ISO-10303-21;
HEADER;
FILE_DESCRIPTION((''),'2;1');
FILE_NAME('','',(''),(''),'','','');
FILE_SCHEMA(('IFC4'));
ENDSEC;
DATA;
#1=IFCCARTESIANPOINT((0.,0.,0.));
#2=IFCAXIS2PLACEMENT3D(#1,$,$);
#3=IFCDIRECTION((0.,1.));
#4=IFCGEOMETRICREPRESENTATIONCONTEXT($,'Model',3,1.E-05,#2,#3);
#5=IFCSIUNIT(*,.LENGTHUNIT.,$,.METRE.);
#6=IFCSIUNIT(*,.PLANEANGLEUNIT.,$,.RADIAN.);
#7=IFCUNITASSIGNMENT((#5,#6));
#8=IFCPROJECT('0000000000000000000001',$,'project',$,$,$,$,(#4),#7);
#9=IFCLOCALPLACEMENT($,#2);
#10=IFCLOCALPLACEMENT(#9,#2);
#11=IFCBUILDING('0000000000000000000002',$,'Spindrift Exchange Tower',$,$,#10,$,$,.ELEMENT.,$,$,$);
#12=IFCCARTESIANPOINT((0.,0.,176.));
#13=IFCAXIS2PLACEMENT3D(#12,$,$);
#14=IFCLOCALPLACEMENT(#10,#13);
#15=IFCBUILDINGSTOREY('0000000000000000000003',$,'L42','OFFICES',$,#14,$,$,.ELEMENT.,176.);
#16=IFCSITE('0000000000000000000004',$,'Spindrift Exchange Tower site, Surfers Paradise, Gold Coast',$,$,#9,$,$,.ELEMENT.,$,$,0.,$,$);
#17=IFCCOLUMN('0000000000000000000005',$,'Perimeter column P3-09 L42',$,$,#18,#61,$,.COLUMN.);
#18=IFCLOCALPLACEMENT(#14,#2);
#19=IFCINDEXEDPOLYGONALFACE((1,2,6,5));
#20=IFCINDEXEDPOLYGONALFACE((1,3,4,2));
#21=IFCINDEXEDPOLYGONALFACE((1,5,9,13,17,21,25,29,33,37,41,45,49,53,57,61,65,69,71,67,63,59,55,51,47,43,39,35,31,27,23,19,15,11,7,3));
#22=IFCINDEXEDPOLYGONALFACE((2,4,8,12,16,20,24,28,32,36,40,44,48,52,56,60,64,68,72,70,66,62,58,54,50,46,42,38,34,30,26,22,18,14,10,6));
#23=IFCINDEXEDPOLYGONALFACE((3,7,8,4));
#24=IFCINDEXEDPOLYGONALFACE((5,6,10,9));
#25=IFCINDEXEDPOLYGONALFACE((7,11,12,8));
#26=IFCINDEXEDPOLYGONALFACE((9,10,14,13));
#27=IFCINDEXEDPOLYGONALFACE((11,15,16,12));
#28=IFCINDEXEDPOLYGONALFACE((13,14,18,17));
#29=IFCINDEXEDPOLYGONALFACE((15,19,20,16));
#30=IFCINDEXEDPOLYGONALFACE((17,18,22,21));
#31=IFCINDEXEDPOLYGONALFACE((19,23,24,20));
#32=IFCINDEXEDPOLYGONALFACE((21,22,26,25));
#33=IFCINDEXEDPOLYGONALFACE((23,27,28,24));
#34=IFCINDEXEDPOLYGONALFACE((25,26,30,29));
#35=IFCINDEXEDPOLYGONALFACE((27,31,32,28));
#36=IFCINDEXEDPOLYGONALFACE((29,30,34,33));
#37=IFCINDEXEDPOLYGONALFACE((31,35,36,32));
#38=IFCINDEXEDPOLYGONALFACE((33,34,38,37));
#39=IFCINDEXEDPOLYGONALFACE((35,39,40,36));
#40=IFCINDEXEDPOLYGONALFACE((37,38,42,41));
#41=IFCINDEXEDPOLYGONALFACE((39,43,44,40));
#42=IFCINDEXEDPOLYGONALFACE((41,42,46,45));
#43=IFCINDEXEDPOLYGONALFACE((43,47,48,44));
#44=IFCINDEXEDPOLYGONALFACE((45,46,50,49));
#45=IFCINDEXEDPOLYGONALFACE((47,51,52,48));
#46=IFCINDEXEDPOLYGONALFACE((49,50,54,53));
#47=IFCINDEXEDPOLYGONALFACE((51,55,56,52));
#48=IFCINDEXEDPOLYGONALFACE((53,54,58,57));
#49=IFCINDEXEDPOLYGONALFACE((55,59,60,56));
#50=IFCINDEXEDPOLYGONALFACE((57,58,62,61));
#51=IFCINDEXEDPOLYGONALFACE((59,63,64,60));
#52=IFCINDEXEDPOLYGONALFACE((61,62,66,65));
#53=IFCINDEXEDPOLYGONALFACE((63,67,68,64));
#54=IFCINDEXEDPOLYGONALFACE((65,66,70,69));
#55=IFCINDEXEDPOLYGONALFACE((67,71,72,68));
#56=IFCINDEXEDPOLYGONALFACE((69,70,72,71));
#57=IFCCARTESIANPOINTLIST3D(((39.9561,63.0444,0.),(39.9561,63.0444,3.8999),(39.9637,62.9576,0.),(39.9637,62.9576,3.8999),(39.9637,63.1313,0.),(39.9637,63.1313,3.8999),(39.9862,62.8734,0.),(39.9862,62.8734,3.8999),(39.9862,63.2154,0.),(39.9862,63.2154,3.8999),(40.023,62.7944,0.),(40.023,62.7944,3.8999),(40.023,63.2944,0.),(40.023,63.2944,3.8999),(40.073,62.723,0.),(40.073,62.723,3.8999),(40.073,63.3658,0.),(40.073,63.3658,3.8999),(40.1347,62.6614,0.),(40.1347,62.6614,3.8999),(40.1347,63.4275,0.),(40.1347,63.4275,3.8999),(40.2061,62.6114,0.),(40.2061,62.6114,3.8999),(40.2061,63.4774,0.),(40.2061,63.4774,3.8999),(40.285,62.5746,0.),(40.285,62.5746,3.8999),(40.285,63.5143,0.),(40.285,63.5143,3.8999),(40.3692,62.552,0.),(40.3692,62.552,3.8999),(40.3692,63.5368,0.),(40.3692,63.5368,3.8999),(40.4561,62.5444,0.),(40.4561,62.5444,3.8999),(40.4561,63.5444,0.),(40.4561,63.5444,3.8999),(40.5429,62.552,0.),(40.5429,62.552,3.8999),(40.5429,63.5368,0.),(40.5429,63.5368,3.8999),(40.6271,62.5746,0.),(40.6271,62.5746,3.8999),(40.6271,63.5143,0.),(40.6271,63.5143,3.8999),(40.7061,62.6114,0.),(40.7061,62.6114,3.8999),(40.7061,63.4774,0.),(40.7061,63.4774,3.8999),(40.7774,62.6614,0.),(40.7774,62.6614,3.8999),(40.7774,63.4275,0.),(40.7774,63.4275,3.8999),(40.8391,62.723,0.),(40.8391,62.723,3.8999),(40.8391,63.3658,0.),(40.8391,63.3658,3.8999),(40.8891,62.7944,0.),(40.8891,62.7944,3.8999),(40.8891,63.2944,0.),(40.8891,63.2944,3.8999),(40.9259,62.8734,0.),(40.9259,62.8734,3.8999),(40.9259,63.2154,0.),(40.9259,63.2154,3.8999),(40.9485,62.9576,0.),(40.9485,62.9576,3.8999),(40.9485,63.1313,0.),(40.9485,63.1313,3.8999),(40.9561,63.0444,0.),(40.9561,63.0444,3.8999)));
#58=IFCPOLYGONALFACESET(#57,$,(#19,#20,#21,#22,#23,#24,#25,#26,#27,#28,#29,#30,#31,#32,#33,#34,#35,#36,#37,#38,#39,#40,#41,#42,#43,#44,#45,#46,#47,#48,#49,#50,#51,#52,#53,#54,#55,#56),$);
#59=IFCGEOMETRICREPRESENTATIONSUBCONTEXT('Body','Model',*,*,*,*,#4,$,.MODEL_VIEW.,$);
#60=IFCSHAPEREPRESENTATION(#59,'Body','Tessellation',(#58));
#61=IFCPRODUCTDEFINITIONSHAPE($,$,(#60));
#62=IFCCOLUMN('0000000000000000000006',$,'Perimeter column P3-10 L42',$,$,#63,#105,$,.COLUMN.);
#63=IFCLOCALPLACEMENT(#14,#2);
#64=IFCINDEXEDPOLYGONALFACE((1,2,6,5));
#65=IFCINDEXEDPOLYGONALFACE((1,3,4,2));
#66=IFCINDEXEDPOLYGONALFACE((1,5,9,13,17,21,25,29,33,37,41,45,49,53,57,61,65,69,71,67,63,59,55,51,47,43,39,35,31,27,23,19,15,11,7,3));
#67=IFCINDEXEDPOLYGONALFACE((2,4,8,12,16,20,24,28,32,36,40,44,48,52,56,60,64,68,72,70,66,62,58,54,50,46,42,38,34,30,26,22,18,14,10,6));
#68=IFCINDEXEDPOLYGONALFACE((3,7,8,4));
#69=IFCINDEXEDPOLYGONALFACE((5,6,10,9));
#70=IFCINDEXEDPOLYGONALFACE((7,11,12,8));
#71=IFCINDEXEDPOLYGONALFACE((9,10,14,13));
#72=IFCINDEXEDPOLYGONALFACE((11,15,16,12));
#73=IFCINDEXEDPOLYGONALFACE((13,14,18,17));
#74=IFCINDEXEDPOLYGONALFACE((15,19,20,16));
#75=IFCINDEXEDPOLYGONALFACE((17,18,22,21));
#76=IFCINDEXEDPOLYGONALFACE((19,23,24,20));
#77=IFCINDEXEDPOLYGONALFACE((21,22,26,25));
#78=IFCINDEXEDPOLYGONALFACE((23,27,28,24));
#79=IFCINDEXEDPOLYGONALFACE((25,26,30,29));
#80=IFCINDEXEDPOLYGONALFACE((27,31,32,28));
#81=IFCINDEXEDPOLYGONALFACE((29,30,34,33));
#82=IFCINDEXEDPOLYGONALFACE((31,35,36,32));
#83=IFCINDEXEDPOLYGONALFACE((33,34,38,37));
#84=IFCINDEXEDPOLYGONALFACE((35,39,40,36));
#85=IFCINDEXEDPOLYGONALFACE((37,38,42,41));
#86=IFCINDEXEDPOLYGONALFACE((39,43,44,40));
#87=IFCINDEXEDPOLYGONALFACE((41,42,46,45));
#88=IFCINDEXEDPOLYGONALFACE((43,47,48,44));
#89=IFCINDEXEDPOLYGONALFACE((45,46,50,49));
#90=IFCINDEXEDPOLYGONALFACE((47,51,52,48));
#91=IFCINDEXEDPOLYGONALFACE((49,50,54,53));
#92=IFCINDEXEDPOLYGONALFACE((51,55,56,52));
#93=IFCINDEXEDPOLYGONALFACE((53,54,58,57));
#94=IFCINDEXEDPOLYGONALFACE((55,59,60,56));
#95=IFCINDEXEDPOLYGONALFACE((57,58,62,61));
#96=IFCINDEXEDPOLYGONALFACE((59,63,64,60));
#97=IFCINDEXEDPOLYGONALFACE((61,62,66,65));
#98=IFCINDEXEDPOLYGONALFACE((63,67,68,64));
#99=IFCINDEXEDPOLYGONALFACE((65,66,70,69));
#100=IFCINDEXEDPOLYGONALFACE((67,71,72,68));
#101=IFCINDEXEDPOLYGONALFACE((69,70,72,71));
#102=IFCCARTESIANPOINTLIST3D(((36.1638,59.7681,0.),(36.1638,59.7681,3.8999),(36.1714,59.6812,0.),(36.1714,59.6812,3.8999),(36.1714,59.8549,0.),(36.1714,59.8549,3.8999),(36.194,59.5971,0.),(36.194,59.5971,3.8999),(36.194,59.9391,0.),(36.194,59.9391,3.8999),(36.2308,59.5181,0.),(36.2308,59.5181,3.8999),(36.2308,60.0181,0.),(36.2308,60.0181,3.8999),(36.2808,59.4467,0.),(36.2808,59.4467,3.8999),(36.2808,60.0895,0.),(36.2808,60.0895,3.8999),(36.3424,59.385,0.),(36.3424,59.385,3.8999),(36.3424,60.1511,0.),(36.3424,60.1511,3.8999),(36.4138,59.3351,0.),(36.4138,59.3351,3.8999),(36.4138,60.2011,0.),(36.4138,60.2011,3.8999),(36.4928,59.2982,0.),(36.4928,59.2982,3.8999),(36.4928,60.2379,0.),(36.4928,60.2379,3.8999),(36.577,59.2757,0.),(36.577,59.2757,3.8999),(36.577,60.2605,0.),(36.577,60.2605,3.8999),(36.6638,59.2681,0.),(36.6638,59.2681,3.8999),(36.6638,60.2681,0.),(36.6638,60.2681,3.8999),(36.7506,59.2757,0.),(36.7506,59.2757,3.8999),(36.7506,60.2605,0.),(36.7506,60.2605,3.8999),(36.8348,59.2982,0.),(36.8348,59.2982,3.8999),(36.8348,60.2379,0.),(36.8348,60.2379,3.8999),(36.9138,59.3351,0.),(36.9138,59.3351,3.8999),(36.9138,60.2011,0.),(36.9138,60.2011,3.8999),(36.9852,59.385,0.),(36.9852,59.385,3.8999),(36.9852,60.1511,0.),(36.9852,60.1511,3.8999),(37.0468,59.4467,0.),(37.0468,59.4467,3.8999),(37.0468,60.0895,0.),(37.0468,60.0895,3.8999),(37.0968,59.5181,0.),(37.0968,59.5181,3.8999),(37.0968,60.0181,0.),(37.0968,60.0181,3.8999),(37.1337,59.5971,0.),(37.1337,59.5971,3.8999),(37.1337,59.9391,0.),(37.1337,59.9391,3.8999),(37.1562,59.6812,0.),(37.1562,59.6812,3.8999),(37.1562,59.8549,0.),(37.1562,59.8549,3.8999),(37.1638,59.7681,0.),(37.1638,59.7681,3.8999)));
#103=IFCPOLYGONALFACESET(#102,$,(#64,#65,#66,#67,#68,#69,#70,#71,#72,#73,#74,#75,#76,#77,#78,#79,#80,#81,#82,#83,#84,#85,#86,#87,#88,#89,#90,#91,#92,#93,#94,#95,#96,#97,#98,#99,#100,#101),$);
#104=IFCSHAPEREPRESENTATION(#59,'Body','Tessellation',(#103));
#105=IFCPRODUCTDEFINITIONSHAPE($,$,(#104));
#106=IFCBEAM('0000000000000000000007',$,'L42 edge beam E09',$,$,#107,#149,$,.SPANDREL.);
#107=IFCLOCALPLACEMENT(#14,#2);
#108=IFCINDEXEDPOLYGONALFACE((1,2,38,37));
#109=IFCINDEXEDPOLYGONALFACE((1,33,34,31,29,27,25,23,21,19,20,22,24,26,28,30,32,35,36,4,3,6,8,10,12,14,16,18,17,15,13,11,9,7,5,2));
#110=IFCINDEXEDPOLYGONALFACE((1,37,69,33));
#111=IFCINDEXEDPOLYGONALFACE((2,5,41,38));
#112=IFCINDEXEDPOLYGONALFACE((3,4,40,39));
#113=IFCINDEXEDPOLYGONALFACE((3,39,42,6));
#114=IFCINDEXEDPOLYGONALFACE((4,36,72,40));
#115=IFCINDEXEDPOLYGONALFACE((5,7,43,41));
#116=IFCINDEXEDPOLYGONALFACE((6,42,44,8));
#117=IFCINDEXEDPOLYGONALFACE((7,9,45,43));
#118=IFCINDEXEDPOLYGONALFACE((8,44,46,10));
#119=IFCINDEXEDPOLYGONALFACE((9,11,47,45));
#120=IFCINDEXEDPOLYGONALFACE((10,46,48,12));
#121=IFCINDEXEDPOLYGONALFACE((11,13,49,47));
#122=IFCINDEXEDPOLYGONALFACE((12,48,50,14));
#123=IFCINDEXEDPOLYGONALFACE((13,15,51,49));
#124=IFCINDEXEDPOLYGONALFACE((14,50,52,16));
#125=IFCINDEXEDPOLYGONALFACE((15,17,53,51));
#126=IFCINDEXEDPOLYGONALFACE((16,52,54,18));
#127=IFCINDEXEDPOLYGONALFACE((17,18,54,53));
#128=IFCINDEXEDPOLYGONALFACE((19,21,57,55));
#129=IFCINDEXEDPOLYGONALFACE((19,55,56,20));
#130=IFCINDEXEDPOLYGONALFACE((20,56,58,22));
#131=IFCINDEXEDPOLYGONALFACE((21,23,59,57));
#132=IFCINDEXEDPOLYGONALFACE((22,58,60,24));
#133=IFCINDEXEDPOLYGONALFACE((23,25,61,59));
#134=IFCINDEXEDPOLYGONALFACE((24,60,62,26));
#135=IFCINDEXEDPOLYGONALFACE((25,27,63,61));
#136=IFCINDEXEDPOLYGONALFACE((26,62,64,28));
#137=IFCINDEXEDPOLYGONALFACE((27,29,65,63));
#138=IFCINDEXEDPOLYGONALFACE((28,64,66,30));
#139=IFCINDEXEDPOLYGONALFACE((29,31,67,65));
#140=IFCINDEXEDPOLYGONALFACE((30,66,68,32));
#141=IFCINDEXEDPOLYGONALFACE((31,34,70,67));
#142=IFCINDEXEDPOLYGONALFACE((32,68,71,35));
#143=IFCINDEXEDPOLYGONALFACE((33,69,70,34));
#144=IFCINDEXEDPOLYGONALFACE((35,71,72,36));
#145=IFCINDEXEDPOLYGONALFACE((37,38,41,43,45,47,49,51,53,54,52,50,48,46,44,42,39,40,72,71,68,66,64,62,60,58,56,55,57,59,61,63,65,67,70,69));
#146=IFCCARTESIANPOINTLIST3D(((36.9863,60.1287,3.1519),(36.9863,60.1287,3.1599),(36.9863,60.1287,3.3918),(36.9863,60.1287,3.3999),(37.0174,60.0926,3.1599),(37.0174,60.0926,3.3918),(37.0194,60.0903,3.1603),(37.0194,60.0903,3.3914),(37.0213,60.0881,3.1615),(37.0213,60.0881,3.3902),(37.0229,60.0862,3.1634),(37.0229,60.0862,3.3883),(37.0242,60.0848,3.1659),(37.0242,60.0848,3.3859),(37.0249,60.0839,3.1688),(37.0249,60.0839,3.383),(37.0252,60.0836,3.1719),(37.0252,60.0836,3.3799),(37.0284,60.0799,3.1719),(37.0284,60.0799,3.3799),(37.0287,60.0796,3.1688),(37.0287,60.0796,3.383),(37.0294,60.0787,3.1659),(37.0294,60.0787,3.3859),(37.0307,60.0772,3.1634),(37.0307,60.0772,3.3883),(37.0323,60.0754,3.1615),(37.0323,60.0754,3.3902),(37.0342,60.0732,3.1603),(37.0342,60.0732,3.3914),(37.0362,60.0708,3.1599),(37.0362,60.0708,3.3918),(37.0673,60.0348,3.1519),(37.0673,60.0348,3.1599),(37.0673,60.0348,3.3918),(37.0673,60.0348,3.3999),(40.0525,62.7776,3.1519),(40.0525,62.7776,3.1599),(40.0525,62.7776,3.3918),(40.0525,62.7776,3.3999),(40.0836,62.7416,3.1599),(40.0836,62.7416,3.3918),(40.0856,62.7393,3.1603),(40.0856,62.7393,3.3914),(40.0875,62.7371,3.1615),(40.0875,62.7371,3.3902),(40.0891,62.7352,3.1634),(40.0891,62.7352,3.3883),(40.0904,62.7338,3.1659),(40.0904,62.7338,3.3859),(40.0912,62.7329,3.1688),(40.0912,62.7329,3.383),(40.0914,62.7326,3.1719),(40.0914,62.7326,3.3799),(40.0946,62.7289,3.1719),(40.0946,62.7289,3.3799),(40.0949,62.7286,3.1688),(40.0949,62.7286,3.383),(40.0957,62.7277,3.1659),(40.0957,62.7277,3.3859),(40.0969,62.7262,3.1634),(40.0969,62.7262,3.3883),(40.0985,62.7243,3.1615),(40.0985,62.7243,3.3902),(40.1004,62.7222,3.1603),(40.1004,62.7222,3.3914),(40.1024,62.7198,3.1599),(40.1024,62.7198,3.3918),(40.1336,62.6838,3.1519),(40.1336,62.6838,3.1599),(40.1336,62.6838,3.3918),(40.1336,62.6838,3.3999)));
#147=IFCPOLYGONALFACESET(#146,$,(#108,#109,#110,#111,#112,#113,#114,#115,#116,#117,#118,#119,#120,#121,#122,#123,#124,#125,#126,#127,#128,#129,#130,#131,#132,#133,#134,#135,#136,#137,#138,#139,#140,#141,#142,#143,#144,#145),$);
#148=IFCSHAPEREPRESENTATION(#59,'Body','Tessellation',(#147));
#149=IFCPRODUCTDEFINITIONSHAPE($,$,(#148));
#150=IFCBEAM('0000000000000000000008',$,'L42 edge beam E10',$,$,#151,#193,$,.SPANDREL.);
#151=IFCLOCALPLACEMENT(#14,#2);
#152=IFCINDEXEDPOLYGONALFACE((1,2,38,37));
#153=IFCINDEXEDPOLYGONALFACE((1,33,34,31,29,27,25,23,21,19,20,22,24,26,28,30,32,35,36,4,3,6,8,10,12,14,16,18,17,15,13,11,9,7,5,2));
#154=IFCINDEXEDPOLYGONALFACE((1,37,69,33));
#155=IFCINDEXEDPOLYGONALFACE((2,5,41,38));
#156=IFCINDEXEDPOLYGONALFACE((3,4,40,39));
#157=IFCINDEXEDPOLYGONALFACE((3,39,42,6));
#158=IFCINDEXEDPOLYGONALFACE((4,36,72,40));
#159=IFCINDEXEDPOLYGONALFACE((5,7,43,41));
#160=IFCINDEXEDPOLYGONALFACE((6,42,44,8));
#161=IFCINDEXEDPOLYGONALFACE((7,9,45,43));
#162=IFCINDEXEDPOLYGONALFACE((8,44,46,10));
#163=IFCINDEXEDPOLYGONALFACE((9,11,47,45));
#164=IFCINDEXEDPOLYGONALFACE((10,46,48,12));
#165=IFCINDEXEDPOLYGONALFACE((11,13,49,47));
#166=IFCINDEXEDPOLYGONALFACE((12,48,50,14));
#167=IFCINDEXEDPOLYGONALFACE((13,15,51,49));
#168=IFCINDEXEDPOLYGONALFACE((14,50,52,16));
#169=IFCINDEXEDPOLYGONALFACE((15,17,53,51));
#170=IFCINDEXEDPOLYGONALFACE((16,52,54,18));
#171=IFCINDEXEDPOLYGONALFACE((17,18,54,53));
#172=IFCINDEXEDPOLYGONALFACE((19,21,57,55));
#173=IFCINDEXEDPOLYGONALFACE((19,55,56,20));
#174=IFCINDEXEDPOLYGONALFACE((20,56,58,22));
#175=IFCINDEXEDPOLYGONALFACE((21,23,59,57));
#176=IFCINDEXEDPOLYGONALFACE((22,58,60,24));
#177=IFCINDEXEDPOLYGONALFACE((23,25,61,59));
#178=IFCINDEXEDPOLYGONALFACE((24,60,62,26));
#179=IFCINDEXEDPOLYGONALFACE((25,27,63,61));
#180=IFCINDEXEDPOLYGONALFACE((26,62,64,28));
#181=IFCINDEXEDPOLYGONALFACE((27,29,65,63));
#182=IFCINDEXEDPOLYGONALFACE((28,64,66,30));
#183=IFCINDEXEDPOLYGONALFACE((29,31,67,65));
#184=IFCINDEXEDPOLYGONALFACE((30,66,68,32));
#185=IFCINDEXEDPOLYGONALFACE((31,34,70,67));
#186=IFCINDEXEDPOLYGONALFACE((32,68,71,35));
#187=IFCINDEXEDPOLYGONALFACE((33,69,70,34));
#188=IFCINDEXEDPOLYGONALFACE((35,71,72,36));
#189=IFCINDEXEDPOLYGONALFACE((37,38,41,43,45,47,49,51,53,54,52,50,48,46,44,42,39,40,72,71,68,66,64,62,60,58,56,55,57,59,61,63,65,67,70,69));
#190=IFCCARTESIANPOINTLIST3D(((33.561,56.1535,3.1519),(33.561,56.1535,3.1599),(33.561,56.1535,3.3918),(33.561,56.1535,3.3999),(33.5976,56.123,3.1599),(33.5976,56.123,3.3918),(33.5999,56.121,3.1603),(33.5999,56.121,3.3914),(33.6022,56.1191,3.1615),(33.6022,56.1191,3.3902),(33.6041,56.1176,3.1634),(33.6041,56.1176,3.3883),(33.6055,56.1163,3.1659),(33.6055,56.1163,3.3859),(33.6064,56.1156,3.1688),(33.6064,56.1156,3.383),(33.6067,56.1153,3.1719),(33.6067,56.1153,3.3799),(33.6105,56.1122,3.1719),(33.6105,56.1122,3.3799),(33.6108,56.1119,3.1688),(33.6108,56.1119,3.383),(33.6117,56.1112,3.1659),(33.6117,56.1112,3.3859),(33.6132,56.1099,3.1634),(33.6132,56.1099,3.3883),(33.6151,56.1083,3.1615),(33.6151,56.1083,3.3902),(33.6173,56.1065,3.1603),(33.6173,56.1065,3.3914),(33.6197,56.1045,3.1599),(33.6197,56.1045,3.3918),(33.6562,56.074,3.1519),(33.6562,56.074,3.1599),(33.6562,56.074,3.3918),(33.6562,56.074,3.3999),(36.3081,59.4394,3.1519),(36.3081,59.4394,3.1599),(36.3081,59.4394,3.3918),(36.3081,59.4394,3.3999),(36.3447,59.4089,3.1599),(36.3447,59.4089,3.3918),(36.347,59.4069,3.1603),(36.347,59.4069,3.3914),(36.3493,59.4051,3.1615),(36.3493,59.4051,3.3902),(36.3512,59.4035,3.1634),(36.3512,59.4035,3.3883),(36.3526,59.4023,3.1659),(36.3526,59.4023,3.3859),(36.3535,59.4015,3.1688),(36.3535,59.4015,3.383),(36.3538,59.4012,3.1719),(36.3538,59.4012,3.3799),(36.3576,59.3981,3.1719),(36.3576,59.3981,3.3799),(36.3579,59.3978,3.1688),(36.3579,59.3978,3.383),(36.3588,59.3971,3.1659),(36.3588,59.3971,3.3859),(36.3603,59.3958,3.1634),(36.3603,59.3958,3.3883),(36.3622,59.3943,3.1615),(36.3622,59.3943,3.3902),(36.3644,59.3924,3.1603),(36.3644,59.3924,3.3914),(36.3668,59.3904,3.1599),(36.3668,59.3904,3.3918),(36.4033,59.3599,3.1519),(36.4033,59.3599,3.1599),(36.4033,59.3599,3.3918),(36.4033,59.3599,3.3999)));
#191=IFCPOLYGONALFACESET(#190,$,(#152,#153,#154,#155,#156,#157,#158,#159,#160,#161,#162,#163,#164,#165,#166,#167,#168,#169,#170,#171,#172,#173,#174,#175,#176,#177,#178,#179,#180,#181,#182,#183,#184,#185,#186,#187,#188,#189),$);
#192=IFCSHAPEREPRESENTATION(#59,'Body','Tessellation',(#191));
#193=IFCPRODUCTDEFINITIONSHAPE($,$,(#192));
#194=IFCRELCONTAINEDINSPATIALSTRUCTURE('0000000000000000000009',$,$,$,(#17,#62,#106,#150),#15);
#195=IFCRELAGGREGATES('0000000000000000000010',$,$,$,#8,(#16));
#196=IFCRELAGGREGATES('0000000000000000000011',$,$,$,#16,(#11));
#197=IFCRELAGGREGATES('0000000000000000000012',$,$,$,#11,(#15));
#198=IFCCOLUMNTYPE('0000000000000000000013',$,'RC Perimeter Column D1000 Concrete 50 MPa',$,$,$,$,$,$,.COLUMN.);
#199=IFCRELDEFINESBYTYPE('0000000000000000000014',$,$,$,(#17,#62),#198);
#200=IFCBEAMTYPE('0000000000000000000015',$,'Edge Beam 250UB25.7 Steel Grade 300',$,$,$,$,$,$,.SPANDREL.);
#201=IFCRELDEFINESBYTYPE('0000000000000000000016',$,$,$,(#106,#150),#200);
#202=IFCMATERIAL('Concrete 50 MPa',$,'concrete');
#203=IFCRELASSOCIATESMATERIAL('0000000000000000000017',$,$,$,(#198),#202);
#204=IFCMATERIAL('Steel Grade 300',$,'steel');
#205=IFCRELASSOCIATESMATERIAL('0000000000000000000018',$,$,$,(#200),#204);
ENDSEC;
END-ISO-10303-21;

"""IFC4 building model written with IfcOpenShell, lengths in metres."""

from ifc_helpers import new_model, si_unit, direction, frame, origin, origin_2d, place, context, subcontext, project, spatial, circle, i_section, extrude, source, transform, mapped, material, material_profile, profile_set, type_object, element, save


model = new_model("IFC4")

# Units and contexts
model_context = context("Model", 3, precision=1e-05, world=origin(), true_north=direction((0.0, 1.0)))
body_context = subcontext(model_context, "Body", "Model", "MODEL_VIEW")
ifc_project = project(units=[si_unit("LENGTHUNIT", "METRE"), si_unit("PLANEANGLEUNIT", "RADIAN")], contexts=[model_context])

# Site, building, storey
site_placement = place(None, origin())
site = spatial("IfcSite", under=ifc_project, at=site_placement, Name="Spindrift Exchange Tower site, Surfers Paradise, Gold Coast", CompositionType="ELEMENT", RefElevation=0.0)
building_placement = place(site_placement, origin())
building = spatial("IfcBuilding", under=site, at=building_placement, Name="Spindrift Exchange Tower", CompositionType="ELEMENT")
storey_placement = place(building_placement, frame((0.0, 0.0, 176.0)))
storey = spatial("IfcBuildingStorey", under=building, at=storey_placement, Name="L42", Description="OFFICES", CompositionType="ELEMENT", Elevation=176.0)

# Columns
ifc_material_1 = material(Name="Concrete 50 MPa", Category="concrete")
ifc_material_profile_1 = material_profile(ifc_material_1, circle(Radius=0.5, at=origin_2d()), Name="RC D1000")
ifc_profile_set_1 = profile_set([ifc_material_profile_1], Name="Concrete 50 MPa")
column_type = type_object("IfcColumnType", Name="RC Perimeter Column D1000 Concrete 50 MPa", PredefinedType="COLUMN", material=ifc_profile_set_1)
shared_shape_1 = source(origin(), body_context, "Body", "SweptSolid", [
    extrude(circle(Radius=0.5, at=origin_2d()), origin(), (0.0, 0.0, 1.0), 3.8999),
])
for number, where, z_axis, x_axis, name in (
    (1, (40.4561, 63.0444, 0.0), (0.0, 0.0, 1.0), (1.0, 0.0, 0.0), "Perimeter column P3-09 L42"),
    (2, (36.6638, 59.7681, 0.0), (0.0, 0.0, 1.0), (1.0, 0.0, 0.0), "Perimeter column P3-10 L42"),
):
    element("IfcColumn", number, at=place(storey_placement, frame(where, z_axis=z_axis, x_axis=x_axis)), inside=storey, type_object=column_type, Name=name, PredefinedType="COLUMN", context=body_context, shape_type="MappedRepresentation", body=[
        mapped(shared_shape_1, transform((0.0, 0.0, 0.0), scale=1.0)),
    ])

# Beams
ifc_material_2 = material(Name="Steel Grade 300", Category="steel")
ifc_material_profile_2 = material_profile(ifc_material_2, i_section(OverallWidth=0.124, OverallDepth=0.248, WebThickness=0.0049, FlangeThickness=0.0081, FilletRadius=0.012, at=origin_2d()), Name="250UB25.7")
ifc_profile_set_2 = profile_set([ifc_material_profile_2], Name="Steel Grade 300")
beam_type = type_object("IfcBeamType", Name="Edge Beam 250UB25.7 Steel Grade 300", PredefinedType="SPANDREL", material=ifc_profile_set_2)
shared_shape_2 = source(origin(), body_context, "Body", "SweptSolid", [
    extrude(i_section(OverallWidth=0.124, OverallDepth=0.248, WebThickness=0.0049, FlangeThickness=0.0081, FilletRadius=0.012, at=origin_2d()), origin(), (0.0, 0.0, 1.0), 4.052),
])
beam_1_placement = place(storey_placement, frame((40.093, 62.7307, 3.2759), z_axis=(-0.756716, -0.653744, 0.0), x_axis=(0.653744, -0.756716, 0.0)))
element("IfcBeam", 3, at=beam_1_placement, inside=storey, type_object=beam_type, Name="L42 edge beam E09", PredefinedType="SPANDREL", context=body_context, shape_type="MappedRepresentation", body=[
    mapped(shared_shape_2, transform((0.0, 0.0, 0.0), scale=1.0)),
])
shared_shape_3 = source(origin(), body_context, "Body", "SweptSolid", [
    extrude(i_section(OverallWidth=0.124, OverallDepth=0.248, WebThickness=0.0049, FlangeThickness=0.0081, FilletRadius=0.012, at=origin_2d()), origin(), (0.0, 0.0, 1.0), 4.283),
])
beam_2_placement = place(storey_placement, frame((36.3557, 59.3997, 3.2759), z_axis=(-0.6414, -0.767206, 0.0), x_axis=(0.767206, -0.6414, 0.0)))
element("IfcBeam", 4, at=beam_2_placement, inside=storey, type_object=beam_type, Name="L42 edge beam E10", PredefinedType="SPANDREL", context=body_context, shape_type="MappedRepresentation", body=[
    mapped(shared_shape_3, transform((0.0, 0.0, 0.0), scale=1.0)),
])

save(model, "model.ifc")
